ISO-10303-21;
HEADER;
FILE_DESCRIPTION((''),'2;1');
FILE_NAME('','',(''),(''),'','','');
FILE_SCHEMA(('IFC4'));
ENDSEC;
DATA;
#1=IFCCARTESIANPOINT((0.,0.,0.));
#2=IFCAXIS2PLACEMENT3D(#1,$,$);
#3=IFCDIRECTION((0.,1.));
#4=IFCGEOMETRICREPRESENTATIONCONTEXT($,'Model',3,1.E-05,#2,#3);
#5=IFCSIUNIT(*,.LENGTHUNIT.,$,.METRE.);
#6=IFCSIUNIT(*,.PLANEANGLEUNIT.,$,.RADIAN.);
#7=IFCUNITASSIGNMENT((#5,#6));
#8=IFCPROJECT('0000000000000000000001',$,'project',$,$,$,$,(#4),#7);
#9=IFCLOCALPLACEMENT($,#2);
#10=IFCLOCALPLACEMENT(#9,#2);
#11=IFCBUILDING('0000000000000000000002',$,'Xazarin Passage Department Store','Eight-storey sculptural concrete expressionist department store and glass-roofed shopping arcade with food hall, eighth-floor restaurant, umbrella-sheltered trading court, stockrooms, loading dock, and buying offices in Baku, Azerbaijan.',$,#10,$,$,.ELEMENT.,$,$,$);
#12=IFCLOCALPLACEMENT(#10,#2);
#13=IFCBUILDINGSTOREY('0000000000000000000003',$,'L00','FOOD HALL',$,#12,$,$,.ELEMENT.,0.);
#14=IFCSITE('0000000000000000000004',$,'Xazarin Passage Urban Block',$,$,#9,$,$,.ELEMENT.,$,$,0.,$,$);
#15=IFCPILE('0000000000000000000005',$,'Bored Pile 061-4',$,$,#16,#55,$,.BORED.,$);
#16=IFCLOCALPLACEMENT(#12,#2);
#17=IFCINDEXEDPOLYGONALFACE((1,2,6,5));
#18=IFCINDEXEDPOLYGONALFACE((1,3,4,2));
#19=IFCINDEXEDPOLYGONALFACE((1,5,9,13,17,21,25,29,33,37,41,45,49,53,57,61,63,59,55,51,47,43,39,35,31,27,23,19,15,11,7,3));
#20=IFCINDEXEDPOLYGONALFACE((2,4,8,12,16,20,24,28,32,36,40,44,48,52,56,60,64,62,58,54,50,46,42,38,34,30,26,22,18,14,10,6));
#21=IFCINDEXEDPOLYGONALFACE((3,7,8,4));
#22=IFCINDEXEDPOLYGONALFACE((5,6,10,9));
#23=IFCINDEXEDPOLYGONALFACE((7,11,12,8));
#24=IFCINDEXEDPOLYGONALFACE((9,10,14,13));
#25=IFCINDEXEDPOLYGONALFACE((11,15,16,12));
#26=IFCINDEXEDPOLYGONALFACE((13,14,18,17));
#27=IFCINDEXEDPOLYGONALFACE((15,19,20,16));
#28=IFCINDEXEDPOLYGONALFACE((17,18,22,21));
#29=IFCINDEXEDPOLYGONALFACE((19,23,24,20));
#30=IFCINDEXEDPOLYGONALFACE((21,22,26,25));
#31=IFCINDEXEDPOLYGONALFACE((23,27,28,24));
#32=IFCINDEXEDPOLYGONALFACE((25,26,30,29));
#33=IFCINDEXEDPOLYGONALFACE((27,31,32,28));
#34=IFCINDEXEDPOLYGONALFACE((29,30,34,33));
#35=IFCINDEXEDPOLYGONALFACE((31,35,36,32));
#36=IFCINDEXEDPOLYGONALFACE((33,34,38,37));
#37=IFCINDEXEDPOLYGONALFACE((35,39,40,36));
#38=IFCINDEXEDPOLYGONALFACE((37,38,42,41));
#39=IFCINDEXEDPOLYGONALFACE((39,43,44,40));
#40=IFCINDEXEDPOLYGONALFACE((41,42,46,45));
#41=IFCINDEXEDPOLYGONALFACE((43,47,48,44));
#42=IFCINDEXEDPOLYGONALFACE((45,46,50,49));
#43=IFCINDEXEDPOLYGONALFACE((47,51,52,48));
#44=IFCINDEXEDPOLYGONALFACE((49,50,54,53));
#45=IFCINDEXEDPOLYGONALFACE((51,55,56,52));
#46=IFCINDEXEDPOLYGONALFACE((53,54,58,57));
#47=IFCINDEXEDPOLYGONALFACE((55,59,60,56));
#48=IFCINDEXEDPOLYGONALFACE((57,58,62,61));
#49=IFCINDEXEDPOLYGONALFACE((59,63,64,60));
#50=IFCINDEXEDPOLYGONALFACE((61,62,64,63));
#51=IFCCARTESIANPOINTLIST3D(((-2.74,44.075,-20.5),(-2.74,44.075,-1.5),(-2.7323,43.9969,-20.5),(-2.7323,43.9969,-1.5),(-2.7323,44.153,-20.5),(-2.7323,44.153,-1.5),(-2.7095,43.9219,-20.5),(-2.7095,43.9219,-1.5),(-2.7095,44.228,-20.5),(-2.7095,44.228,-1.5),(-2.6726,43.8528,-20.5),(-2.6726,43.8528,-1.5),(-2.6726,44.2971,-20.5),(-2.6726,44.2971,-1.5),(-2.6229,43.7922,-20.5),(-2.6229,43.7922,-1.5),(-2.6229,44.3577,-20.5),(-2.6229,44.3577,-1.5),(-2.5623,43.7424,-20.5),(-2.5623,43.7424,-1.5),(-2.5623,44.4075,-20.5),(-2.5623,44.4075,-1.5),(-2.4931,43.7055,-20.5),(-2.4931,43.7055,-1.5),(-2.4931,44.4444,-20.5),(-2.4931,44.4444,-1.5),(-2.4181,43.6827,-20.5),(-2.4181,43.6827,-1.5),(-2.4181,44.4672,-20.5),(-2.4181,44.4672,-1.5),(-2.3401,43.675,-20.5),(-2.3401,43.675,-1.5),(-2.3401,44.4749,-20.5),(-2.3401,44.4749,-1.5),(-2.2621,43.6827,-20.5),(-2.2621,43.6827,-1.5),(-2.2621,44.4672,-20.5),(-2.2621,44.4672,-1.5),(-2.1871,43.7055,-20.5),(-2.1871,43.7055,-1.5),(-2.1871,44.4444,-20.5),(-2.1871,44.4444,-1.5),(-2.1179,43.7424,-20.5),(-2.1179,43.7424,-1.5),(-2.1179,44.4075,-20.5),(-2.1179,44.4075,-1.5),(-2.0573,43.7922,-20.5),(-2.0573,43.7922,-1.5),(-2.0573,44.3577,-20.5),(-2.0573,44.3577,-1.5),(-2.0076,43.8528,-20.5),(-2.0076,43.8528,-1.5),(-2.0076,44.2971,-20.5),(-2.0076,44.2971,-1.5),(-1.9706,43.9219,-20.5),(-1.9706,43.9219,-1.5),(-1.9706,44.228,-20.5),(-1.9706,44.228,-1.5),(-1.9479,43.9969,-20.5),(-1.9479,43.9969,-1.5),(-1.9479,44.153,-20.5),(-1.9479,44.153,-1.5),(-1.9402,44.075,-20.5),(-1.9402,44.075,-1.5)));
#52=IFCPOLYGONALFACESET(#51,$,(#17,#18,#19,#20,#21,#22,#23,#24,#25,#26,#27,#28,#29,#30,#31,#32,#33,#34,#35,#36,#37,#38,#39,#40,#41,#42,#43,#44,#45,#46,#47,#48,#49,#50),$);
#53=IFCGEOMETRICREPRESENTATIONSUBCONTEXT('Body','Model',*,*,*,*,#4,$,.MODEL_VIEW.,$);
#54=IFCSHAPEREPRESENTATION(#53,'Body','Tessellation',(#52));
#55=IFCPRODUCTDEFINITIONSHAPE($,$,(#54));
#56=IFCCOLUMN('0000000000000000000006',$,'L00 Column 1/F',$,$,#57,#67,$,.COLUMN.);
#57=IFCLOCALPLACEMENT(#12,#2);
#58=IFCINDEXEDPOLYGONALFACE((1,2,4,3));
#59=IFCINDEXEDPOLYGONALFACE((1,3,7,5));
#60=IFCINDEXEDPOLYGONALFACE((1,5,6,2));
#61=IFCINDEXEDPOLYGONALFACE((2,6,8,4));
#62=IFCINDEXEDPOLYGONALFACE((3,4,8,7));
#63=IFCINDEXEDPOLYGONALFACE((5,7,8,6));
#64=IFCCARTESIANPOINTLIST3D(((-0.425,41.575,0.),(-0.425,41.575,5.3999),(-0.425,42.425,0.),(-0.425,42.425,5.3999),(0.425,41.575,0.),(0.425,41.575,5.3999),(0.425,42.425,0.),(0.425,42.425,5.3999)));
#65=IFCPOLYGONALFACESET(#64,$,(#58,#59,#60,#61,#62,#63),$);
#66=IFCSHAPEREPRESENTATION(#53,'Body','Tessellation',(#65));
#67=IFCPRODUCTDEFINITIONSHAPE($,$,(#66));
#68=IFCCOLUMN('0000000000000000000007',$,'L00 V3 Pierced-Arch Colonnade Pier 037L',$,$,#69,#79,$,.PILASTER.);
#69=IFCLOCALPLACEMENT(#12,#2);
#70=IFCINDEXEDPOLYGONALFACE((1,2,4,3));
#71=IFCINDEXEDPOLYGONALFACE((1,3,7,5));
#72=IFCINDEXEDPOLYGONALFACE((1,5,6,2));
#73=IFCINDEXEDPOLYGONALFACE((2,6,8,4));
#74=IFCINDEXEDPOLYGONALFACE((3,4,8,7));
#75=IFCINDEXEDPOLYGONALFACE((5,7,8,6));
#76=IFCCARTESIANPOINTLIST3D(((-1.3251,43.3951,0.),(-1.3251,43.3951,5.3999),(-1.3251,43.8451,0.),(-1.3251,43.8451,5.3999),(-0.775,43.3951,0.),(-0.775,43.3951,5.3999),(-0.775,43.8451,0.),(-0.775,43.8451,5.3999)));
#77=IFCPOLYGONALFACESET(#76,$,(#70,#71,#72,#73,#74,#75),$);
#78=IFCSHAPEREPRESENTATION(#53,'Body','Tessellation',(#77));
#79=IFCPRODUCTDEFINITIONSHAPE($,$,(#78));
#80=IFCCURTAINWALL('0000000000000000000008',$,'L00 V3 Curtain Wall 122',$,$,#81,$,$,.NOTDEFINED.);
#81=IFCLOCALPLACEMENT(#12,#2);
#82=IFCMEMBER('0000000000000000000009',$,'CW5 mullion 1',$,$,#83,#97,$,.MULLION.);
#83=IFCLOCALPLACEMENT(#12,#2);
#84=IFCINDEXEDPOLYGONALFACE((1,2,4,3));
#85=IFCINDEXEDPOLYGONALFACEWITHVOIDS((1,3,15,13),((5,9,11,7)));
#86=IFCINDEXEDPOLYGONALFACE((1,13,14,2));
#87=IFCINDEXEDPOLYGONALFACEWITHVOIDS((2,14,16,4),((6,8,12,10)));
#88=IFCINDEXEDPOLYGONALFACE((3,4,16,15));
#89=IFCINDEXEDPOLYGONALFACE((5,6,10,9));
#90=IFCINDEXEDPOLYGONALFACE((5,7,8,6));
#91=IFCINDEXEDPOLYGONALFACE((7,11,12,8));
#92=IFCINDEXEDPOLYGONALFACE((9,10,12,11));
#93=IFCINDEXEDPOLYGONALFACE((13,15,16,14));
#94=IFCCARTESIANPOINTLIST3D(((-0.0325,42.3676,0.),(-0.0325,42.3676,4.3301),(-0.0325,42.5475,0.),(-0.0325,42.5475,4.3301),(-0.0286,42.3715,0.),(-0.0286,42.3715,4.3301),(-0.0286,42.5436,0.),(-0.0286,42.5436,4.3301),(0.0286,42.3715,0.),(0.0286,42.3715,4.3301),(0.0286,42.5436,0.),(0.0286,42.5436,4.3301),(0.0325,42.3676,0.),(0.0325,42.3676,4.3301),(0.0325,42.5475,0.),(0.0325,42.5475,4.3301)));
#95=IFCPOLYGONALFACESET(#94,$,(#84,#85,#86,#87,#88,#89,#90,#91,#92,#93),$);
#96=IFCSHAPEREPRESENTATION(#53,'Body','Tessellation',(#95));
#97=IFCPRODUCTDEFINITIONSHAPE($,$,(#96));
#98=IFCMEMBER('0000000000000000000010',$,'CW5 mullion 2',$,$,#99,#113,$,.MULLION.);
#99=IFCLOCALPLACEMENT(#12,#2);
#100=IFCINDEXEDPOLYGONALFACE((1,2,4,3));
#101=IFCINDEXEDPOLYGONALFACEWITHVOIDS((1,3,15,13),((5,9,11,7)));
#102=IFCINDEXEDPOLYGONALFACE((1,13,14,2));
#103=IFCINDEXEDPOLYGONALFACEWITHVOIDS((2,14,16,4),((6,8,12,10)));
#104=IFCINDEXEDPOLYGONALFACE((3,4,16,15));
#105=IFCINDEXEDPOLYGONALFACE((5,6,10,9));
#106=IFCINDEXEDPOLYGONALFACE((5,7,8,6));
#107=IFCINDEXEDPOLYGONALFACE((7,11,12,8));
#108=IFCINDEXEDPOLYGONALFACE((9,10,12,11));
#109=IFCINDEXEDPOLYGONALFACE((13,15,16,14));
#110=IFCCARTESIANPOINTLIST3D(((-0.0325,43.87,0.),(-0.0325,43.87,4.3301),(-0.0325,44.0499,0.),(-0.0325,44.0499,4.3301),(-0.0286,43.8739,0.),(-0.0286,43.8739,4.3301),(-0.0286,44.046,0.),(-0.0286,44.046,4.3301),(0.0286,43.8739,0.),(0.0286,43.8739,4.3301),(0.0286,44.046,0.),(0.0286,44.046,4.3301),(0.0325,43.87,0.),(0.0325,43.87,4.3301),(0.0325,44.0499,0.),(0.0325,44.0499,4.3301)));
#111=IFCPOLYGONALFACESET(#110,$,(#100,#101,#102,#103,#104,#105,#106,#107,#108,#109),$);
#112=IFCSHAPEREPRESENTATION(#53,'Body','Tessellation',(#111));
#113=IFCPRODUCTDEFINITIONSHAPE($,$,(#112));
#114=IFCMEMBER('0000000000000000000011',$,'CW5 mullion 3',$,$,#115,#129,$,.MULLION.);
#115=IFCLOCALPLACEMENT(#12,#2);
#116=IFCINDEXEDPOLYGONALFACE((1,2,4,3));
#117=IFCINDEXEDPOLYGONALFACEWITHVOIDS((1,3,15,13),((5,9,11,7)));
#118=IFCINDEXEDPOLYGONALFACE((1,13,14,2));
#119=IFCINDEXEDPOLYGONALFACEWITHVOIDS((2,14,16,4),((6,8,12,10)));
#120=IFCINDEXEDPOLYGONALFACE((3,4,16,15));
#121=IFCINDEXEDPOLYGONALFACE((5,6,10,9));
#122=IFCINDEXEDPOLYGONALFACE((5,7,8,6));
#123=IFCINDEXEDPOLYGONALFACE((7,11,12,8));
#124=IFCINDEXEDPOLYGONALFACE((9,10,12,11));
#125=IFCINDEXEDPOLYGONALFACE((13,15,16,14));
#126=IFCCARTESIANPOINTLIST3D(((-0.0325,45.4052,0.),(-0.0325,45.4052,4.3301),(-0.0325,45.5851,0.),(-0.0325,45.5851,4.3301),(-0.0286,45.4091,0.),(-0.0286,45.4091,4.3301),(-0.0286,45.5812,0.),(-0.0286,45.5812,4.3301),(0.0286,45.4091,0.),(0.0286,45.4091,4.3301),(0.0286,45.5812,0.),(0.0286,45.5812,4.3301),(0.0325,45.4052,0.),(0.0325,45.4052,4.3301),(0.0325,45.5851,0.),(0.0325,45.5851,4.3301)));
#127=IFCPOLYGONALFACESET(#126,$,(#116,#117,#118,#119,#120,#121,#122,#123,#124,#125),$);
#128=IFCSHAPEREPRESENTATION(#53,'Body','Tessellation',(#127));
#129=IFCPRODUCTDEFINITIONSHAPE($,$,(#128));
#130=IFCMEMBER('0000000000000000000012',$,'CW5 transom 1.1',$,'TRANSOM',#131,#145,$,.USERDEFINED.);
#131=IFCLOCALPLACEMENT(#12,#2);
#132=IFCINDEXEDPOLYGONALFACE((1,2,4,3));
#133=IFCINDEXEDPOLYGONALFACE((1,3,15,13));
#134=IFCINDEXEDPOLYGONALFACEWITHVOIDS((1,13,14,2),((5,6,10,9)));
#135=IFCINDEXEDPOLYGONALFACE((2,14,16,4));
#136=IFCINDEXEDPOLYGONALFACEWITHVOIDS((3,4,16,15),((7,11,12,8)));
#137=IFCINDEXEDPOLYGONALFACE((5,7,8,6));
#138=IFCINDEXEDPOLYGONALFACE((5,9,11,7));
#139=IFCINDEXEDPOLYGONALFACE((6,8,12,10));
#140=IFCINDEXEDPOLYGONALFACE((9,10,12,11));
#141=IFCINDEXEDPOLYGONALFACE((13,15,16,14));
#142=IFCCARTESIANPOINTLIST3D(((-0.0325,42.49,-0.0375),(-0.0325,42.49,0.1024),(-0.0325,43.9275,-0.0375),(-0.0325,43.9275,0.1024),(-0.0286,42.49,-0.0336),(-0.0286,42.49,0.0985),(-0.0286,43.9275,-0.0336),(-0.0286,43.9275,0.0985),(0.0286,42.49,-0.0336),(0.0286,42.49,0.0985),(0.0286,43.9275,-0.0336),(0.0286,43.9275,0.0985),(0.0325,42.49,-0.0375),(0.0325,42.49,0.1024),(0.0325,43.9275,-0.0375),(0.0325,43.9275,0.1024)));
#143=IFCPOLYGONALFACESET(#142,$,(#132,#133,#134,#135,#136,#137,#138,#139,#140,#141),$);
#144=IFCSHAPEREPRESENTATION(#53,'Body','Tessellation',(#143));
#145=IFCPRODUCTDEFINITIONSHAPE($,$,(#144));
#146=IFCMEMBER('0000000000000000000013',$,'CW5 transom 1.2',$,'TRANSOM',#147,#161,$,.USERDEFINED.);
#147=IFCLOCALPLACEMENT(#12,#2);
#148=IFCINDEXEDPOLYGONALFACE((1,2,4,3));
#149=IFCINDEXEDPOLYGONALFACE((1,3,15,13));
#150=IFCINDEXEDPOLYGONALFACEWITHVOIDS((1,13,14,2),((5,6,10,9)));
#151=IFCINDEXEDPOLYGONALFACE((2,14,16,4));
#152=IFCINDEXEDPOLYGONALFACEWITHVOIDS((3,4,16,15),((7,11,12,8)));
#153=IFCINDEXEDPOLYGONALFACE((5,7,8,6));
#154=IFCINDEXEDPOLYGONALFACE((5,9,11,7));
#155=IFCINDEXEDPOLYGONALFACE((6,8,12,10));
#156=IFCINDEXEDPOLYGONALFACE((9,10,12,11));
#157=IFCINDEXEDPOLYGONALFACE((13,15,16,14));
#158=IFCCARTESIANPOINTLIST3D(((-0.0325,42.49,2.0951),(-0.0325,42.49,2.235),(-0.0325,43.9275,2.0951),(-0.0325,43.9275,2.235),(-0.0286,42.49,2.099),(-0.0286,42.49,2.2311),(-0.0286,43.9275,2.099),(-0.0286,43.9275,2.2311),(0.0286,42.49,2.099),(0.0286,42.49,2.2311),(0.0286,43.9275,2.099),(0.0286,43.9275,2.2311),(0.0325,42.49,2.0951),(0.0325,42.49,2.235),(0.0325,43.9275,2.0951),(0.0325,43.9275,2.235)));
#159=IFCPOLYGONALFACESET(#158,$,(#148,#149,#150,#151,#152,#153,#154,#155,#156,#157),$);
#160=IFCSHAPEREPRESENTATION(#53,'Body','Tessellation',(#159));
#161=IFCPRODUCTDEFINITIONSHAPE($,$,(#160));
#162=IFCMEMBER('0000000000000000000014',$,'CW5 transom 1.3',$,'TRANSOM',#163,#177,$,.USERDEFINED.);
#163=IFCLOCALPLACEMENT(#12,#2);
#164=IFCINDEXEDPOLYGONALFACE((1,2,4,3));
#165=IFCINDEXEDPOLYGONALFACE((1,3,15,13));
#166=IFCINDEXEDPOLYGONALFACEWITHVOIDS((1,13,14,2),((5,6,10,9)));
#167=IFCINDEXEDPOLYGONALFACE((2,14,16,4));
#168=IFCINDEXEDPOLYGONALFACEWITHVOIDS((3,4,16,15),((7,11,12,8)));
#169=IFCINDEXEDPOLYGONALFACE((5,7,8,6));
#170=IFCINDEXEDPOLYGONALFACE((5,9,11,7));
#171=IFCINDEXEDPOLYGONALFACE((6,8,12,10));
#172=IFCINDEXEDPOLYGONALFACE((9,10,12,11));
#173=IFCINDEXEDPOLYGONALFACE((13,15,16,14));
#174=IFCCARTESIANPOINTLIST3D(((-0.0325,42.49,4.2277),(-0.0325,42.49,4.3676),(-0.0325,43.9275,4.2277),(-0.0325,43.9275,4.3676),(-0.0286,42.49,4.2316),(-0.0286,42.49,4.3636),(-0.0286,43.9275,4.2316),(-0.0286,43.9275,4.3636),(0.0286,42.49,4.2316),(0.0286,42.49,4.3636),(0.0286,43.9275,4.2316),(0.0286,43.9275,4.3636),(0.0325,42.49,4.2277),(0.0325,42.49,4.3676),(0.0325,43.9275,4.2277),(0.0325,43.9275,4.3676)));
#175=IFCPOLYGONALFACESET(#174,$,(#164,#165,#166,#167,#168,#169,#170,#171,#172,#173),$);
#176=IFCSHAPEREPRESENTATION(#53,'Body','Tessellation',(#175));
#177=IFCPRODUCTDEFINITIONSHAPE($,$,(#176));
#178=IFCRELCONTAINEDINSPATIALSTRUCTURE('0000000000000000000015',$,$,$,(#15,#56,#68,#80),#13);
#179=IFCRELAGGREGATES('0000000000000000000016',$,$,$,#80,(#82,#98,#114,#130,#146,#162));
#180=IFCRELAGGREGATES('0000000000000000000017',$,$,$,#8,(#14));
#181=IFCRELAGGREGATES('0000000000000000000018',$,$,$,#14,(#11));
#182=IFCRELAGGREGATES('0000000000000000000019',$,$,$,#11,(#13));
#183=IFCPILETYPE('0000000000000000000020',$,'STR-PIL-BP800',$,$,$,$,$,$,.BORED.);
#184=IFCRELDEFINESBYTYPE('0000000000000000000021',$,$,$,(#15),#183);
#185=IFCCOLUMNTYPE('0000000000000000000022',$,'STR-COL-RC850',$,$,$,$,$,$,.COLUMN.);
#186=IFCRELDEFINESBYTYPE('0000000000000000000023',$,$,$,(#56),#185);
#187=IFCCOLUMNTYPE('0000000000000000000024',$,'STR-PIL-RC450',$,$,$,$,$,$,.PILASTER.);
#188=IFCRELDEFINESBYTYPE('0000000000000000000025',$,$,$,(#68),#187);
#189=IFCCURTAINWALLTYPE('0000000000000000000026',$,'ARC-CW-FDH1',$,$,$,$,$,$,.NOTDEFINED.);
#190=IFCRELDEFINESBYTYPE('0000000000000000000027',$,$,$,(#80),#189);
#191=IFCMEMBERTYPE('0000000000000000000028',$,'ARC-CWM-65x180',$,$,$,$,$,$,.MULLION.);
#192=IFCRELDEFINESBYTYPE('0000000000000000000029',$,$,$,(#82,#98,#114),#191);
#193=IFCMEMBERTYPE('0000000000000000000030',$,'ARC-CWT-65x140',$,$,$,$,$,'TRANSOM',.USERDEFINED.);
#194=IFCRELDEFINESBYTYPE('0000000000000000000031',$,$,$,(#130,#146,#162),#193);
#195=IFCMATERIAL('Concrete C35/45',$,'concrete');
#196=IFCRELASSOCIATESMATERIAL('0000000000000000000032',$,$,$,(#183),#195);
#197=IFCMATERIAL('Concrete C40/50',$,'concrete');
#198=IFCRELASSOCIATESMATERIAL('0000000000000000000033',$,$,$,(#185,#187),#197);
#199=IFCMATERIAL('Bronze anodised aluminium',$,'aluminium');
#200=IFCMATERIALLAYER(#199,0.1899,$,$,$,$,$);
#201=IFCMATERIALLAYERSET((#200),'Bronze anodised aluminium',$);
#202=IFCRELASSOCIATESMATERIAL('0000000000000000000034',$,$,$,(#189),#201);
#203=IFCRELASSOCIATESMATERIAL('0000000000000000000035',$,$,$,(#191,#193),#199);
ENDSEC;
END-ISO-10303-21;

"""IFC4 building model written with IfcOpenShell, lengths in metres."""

from ifc_helpers import new_model, si_unit, direction, frame, origin, origin_2d, place, context, subcontext, project, spatial, rectangle, hollow_rectangle, circle, extrude, material, layer, layer_set, material_profile, profile_set, type_object, element, aggregate, save


model = new_model("IFC4")

# Units and contexts
model_context = context("Model", 3, precision=1e-05, world=origin(), true_north=direction((0.0, 1.0)))
body_context = subcontext(model_context, "Body", "Model", "MODEL_VIEW")
ifc_project = project(units=[si_unit("LENGTHUNIT", "METRE"), si_unit("PLANEANGLEUNIT", "RADIAN")], contexts=[model_context])

# Site, building, storey
site_placement = place(None, origin())
site = spatial("IfcSite", under=ifc_project, at=site_placement, Name="Xazarin Passage Urban Block", CompositionType="ELEMENT", RefElevation=0.0)
building_placement = place(site_placement, origin())
building = spatial("IfcBuilding", under=site, at=building_placement, Name="Xazarin Passage Department Store", Description="Eight-storey sculptural concrete expressionist department store and glass-roofed shopping arcade with food hall, eighth-floor restaurant, umbrella-sheltered trading court, stockrooms, loading dock, and buying offices in Baku, Azerbaijan.", CompositionType="ELEMENT")
storey_placement = place(building_placement, origin())
storey = spatial("IfcBuildingStorey", under=building, at=storey_placement, Name="L00", Description="FOOD HALL", CompositionType="ELEMENT", Elevation=0.0)

# Pile
ifc_material_1 = material(Name="Concrete C35/45", Category="concrete")
ifc_material_profile_1 = material_profile(ifc_material_1, circle(Radius=0.3999, at=origin_2d()), Name="BP 800")
ifc_profile_set_1 = profile_set([ifc_material_profile_1], Name="Concrete C35/45")
pile_type = type_object("IfcPileType", Name="STR-PIL-BP800", PredefinedType="BORED", material=ifc_profile_set_1)
pile_placement = place(storey_placement, frame((-2.3401, 44.075, -1.5), z_axis=(0.0, 0.0, -1.0), x_axis=(1.0, 0.0, 0.0)))
element("IfcPile", 1, at=pile_placement, inside=storey, type_object=pile_type, Name="Bored Pile 061-4", PredefinedType="BORED", context=body_context, shape_type="SweptSolid", body=[
    extrude(circle(Radius=0.3999, at=origin_2d()), origin(), (0.0, 0.0, 1.0), 19.0),
])

# Columns
ifc_material_2 = material(Name="Concrete C40/50", Category="concrete")
ifc_material_profile_2 = material_profile(ifc_material_2, rectangle(XDim=0.8501, YDim=0.8501, at=origin_2d()), Name="RC 850x850")
ifc_profile_set_2 = profile_set([ifc_material_profile_2], Name="Concrete C40/50")
column_type_1 = type_object("IfcColumnType", Name="STR-COL-RC850", PredefinedType="COLUMN", material=ifc_profile_set_2)
column_1_placement = place(storey_placement, frame((0.0, 42.0, 0.0), z_axis=(0.0, 0.0, 1.0), x_axis=(1.0, 0.0, 0.0)))
element("IfcColumn", 2, at=column_1_placement, inside=storey, type_object=column_type_1, Name="L00 Column 1/F", PredefinedType="COLUMN", context=body_context, shape_type="SweptSolid", body=[
    extrude(rectangle(XDim=0.8501, YDim=0.8501, at=origin_2d()), origin(), (0.0, 0.0, 1.0), 5.3999),
])
ifc_material_profile_3 = material_profile(ifc_material_2, rectangle(XDim=0.45, YDim=0.55, at=origin_2d()), Name="RC 450x550")
ifc_profile_set_3 = profile_set([ifc_material_profile_3], Name="Concrete C40/50")
column_type_2 = type_object("IfcColumnType", Name="STR-PIL-RC450", PredefinedType="PILASTER", material=ifc_profile_set_3)
column_2_placement = place(storey_placement, frame((-1.05, 43.6201, 0.0), z_axis=(0.0, 0.0, 1.0), x_axis=(0.0, 1.0, 0.0)))
element("IfcColumn", 3, at=column_2_placement, inside=storey, type_object=column_type_2, Name="L00 V3 Pierced-Arch Colonnade Pier 037L", PredefinedType="PILASTER", context=body_context, shape_type="SweptSolid", body=[
    extrude(rectangle(XDim=0.45, YDim=0.55, at=origin_2d()), origin(), (0.0, 0.0, 1.0), 5.3999),
])

# Curtain wall, members
ifc_material_3 = material(Name="Bronze anodised aluminium", Category="aluminium")
ifc_layer_1 = layer(ifc_material_3, 0.1899)
ifc_layer_set_1 = layer_set([ifc_layer_1], Name="Bronze anodised aluminium")
curtain_wall_type = type_object("IfcCurtainWallType", Name="ARC-CW-FDH1", PredefinedType="NOTDEFINED", material=ifc_layer_set_1)
curtain_wall_placement = place(storey_placement, origin())
curtain_wall = element("IfcCurtainWall", 4, at=curtain_wall_placement, inside=storey, type_object=curtain_wall_type, Name="L00 V3 Curtain Wall 122", PredefinedType="NOTDEFINED")
ifc_material_profile_4 = material_profile(ifc_material_3, hollow_rectangle(XDim=0.0649, YDim=0.1799, WallThickness=0.0039, at=origin_2d()), Name="ALU 65x180")
ifc_profile_set_4 = profile_set([ifc_material_profile_4], Name="Bronze anodised aluminium")
member_type_1 = type_object("IfcMemberType", Name="ARC-CWM-65x180", PredefinedType="MULLION", material=ifc_profile_set_4)
member_1_placement = place(storey_placement, frame((0.0, 42.4575, 0.0), z_axis=(0.0, 0.0, 1.0), x_axis=(-1.0, 0.0, 0.0)))
member_1 = element("IfcMember", 5, at=member_1_placement, type_object=member_type_1, Name="CW5 mullion 1", PredefinedType="MULLION", context=body_context, shape_type="SweptSolid", body=[
    extrude(hollow_rectangle(XDim=0.0649, YDim=0.1799, WallThickness=0.0039, at=origin_2d()), origin(), (0.0, 0.0, 1.0), 4.3301),
])
member_2_placement = place(storey_placement, frame((0.0, 43.96, 0.0), z_axis=(0.0, 0.0, 1.0), x_axis=(-1.0, 0.0, 0.0)))
member_2 = element("IfcMember", 6, at=member_2_placement, type_object=member_type_1, Name="CW5 mullion 2", PredefinedType="MULLION", context=body_context, shape_type="SweptSolid", body=[
    extrude(hollow_rectangle(XDim=0.0649, YDim=0.1799, WallThickness=0.0039, at=origin_2d()), origin(), (0.0, 0.0, 1.0), 4.3301),
])
member_3_placement = place(storey_placement, frame((0.0, 45.4951, 0.0), z_axis=(0.0, 0.0, 1.0), x_axis=(-1.0, 0.0, 0.0)))
member_3 = element("IfcMember", 7, at=member_3_placement, type_object=member_type_1, Name="CW5 mullion 3", PredefinedType="MULLION", context=body_context, shape_type="SweptSolid", body=[
    extrude(hollow_rectangle(XDim=0.0649, YDim=0.1799, WallThickness=0.0039, at=origin_2d()), origin(), (0.0, 0.0, 1.0), 4.3301),
])
ifc_material_profile_5 = material_profile(ifc_material_3, hollow_rectangle(XDim=0.0649, YDim=0.1399, WallThickness=0.0039, at=origin_2d()), Name="ALU 65x140")
ifc_profile_set_5 = profile_set([ifc_material_profile_5], Name="Bronze anodised aluminium")
member_type_2 = type_object("IfcMemberType", Name="ARC-CWT-65x140", ElementType="TRANSOM", PredefinedType="USERDEFINED", material=ifc_profile_set_5)
member_4_placement = place(storey_placement, frame((0.0, 42.49, 0.0325), z_axis=(0.0, 1.0, 0.0), x_axis=(-1.0, 0.0, 0.0)))
member_4 = element("IfcMember", 8, at=member_4_placement, type_object=member_type_2, Name="CW5 transom 1.1", ObjectType="TRANSOM", PredefinedType="USERDEFINED", context=body_context, shape_type="SweptSolid", body=[
    extrude(hollow_rectangle(XDim=0.0649, YDim=0.1399, WallThickness=0.0039, at=origin_2d()), origin(), (0.0, 0.0, 1.0), 1.4375),
])
member_5_placement = place(storey_placement, frame((0.0, 42.49, 2.165), z_axis=(0.0, 1.0, 0.0), x_axis=(-1.0, 0.0, 0.0)))
member_5 = element("IfcMember", 9, at=member_5_placement, type_object=member_type_2, Name="CW5 transom 1.2", ObjectType="TRANSOM", PredefinedType="USERDEFINED", context=body_context, shape_type="SweptSolid", body=[
    extrude(hollow_rectangle(XDim=0.0649, YDim=0.1399, WallThickness=0.0039, at=origin_2d()), origin(), (0.0, 0.0, 1.0), 1.4375),
])
member_6_placement = place(storey_placement, frame((0.0, 42.49, 4.2976), z_axis=(0.0, 1.0, 0.0), x_axis=(-1.0, 0.0, 0.0)))
member_6 = element("IfcMember", 10, at=member_6_placement, type_object=member_type_2, Name="CW5 transom 1.3", ObjectType="TRANSOM", PredefinedType="USERDEFINED", context=body_context, shape_type="SweptSolid", body=[
    extrude(hollow_rectangle(XDim=0.0649, YDim=0.1399, WallThickness=0.0039, at=origin_2d()), origin(), (0.0, 0.0, 1.0), 1.4375),
])

aggregate(curtain_wall, [member_1, member_2, member_3, member_4, member_5, member_6])

save(model, "model.ifc")
